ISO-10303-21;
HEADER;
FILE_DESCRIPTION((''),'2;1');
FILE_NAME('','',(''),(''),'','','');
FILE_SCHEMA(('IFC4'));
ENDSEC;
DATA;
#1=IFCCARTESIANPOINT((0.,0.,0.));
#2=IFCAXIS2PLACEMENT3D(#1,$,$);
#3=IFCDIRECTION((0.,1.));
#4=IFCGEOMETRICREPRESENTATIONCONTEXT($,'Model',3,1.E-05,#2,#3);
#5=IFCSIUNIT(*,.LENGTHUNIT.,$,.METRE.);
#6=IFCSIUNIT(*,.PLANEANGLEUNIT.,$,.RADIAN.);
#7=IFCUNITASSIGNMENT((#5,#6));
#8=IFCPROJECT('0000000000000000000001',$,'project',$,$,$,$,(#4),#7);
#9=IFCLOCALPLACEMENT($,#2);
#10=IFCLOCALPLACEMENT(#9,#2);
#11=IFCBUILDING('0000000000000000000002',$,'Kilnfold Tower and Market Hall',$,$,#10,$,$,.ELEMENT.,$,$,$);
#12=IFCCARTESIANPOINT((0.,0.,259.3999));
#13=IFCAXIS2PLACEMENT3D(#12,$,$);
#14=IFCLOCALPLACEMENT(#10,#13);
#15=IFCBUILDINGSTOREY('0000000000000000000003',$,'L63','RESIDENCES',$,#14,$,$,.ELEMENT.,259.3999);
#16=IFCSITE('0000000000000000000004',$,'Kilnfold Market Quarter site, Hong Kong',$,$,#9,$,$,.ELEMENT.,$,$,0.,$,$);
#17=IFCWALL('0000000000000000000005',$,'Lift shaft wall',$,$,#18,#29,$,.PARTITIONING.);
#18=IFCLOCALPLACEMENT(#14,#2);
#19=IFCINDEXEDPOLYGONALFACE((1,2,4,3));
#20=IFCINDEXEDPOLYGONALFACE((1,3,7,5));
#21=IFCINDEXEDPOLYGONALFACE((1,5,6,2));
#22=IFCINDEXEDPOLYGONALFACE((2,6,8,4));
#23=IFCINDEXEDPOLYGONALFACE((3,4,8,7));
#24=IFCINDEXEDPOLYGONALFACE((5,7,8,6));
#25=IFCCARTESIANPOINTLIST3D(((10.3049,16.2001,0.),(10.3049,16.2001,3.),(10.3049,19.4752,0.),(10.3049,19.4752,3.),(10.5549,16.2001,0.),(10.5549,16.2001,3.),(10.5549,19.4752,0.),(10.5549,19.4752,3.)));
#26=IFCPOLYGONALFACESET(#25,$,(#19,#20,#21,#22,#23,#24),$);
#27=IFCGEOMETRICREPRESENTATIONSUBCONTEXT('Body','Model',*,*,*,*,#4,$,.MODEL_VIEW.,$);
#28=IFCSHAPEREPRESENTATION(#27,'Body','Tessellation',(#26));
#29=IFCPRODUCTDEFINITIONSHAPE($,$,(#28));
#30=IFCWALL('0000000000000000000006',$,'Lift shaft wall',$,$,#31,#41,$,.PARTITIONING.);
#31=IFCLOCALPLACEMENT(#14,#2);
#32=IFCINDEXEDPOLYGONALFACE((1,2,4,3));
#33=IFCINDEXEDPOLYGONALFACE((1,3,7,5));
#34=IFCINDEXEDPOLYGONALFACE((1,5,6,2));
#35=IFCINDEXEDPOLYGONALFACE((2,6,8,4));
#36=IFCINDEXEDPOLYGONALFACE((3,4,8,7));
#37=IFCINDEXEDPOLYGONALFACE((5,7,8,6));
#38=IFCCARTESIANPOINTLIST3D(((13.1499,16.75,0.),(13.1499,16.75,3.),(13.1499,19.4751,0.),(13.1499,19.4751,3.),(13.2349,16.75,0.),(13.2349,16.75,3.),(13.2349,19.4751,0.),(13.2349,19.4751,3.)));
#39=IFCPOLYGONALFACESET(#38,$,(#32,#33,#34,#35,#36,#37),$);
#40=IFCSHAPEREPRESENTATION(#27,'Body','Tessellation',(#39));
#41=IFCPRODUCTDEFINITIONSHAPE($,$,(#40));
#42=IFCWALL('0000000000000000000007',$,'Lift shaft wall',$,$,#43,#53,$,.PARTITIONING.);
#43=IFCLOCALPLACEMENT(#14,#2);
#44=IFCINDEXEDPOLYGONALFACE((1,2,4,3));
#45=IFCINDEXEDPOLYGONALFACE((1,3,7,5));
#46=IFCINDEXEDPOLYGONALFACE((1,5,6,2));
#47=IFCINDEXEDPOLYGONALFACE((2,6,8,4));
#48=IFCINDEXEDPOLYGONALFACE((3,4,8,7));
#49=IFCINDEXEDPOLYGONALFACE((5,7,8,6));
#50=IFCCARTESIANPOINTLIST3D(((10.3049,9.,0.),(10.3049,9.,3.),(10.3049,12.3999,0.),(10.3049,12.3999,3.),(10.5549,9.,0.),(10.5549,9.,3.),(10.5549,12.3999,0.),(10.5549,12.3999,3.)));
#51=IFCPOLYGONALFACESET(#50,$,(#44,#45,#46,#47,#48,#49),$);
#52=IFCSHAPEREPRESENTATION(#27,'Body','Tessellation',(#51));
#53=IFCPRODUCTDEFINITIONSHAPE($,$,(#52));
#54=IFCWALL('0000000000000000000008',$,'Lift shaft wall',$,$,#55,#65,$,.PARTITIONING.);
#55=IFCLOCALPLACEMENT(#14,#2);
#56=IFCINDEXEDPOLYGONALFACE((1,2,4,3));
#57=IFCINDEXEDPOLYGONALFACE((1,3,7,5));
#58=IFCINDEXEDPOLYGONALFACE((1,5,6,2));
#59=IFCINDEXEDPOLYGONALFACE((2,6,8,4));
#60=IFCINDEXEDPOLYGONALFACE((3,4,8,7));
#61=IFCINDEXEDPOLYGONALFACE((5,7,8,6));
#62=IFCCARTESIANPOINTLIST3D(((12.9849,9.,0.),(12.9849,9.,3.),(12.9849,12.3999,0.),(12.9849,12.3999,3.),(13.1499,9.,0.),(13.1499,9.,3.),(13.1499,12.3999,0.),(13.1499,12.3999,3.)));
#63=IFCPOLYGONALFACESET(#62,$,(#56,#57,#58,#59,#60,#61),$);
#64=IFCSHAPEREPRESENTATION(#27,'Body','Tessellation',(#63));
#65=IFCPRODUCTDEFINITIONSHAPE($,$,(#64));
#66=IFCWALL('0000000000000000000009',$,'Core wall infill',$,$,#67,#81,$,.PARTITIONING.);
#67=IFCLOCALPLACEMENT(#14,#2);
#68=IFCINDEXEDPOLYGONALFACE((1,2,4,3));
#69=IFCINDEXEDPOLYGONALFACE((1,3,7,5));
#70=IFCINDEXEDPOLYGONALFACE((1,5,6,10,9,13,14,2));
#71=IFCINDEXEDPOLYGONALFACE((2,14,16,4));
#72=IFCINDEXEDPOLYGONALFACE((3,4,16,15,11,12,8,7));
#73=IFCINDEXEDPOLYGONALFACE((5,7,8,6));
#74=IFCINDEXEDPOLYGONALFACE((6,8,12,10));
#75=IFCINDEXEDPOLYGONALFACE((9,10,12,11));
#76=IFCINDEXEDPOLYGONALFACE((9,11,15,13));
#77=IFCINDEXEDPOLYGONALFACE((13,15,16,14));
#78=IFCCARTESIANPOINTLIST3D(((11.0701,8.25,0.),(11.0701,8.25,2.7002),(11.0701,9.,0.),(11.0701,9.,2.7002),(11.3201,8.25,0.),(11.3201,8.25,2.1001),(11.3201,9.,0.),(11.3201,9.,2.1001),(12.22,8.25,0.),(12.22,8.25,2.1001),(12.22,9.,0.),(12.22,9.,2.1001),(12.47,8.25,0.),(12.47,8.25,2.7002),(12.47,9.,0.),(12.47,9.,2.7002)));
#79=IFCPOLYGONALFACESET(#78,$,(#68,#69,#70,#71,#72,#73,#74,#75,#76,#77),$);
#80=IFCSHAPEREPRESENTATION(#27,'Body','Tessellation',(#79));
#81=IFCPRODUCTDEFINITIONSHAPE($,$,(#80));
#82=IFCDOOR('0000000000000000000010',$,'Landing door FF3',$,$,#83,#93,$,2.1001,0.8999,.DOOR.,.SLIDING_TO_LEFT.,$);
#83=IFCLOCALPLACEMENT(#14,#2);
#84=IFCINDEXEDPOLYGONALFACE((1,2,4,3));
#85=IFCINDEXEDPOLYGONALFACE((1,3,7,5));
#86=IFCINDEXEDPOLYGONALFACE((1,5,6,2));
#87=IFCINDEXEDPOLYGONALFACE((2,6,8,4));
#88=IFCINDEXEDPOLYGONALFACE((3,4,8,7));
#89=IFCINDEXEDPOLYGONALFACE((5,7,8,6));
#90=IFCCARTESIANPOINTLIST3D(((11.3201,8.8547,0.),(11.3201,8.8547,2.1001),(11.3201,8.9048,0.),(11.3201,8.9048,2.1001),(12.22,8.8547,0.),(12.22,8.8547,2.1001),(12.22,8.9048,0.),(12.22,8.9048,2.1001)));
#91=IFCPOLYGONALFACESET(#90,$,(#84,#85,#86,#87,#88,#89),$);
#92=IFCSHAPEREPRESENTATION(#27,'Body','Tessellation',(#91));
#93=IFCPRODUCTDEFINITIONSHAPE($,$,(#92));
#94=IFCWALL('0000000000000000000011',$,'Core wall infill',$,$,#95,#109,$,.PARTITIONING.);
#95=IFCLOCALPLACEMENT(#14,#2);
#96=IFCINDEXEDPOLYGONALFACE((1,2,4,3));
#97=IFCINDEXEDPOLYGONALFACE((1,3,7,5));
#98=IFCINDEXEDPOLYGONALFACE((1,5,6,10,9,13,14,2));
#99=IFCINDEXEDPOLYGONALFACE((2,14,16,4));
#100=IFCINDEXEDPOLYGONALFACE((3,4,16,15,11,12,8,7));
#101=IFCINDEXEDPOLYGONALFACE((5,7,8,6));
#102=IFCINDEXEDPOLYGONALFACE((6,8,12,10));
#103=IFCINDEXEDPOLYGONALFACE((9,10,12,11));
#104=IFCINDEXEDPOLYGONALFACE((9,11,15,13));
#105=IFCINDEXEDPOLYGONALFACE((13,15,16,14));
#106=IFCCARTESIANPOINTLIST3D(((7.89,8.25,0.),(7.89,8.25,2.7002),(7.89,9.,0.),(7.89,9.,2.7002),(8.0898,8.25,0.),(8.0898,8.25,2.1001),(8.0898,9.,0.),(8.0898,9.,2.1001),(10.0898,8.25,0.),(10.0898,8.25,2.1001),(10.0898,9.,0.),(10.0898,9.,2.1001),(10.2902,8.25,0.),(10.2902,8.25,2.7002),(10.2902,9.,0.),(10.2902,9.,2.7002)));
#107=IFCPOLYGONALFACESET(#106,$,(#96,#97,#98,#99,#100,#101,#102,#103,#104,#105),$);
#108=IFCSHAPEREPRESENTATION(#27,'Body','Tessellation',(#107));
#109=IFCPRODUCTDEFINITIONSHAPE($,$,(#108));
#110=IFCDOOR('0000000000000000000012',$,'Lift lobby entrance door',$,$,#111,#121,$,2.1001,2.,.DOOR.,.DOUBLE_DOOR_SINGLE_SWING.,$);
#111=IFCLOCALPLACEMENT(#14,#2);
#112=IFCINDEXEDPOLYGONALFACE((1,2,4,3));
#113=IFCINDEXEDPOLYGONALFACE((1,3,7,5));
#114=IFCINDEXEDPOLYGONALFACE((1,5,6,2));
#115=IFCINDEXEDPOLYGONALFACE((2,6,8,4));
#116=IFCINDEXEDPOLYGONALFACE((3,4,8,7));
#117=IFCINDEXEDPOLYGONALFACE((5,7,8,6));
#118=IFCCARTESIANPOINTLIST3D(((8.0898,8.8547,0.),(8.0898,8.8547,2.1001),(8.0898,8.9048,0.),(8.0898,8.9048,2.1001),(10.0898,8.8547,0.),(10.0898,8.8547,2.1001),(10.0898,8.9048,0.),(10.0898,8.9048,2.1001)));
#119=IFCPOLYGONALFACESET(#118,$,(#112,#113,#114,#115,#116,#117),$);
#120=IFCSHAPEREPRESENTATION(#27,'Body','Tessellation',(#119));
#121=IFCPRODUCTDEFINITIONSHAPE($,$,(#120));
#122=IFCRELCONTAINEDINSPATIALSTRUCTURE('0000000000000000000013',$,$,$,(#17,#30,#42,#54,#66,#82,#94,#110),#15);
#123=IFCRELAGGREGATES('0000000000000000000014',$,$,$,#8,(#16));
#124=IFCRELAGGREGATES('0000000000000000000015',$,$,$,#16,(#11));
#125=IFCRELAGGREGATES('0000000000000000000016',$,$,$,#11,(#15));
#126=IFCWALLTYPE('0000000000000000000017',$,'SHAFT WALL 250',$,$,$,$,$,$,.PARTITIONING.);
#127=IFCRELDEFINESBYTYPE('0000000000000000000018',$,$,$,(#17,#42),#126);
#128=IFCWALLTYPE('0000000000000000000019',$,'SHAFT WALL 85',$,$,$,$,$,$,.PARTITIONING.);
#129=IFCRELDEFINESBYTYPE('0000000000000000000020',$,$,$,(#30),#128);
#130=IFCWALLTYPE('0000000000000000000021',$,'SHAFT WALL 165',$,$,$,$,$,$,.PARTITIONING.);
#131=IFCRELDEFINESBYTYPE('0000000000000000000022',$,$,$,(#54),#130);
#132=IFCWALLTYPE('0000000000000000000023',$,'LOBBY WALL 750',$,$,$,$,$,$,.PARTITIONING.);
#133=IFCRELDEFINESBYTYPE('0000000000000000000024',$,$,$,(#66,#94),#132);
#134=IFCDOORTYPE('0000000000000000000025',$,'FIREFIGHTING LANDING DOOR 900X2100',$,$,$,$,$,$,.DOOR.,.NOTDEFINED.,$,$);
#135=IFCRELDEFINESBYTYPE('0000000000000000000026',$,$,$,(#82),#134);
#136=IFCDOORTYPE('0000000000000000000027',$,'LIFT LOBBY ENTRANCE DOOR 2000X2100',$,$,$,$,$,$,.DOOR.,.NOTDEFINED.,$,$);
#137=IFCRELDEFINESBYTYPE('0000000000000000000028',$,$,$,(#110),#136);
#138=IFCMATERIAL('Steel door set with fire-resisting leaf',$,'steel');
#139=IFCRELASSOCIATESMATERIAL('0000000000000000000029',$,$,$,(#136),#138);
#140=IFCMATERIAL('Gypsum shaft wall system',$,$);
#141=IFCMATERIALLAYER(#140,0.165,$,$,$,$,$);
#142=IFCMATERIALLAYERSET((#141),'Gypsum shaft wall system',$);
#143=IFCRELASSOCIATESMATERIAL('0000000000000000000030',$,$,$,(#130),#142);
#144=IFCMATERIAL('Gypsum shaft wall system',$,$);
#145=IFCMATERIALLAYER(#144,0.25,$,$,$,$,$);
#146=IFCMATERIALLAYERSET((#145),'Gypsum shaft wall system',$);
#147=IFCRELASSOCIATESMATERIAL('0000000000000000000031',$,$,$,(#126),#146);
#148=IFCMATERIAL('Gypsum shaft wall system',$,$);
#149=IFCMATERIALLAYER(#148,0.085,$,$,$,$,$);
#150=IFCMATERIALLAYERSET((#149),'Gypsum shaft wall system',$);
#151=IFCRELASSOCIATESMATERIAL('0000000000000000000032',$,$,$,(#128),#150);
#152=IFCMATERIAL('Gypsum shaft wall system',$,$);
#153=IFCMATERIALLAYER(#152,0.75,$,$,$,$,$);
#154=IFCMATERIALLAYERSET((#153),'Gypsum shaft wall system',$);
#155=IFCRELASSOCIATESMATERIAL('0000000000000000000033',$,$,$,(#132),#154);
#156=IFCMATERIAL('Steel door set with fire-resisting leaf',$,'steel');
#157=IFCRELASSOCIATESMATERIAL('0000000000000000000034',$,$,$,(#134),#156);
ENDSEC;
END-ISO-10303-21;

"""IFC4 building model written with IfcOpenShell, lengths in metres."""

from ifc_helpers import new_model, si_unit, direction, frame, frame_2d, origin, place, context, subcontext, project, spatial, rectangle, extrude, source, transform, mapped, material, layer, layer_set, type_object, element, fill, save


model = new_model("IFC4")

# Units and contexts
model_context = context("Model", 3, precision=1e-05, world=origin(), true_north=direction((0.0, 1.0)))
body_context = subcontext(model_context, "Body", "Model", "MODEL_VIEW")
ifc_project = project(units=[si_unit("LENGTHUNIT", "METRE"), si_unit("PLANEANGLEUNIT", "RADIAN")], contexts=[model_context])

# Site, building, storey
site_placement = place(None, origin())
site = spatial("IfcSite", under=ifc_project, at=site_placement, Name="Kilnfold Market Quarter site, Hong Kong", CompositionType="ELEMENT", RefElevation=0.0)
building_placement = place(site_placement, origin())
building = spatial("IfcBuilding", under=site, at=building_placement, Name="Kilnfold Tower and Market Hall", CompositionType="ELEMENT")
storey_placement = place(building_placement, frame((0.0, 0.0, 259.3999)))
storey = spatial("IfcBuildingStorey", under=building, at=storey_placement, Name="L63", Description="RESIDENCES", CompositionType="ELEMENT", Elevation=259.3999)

# Shared definitions
ifc_material_1 = material(Name="Steel door set with fire-resisting leaf", Category="steel")
door_type_1 = type_object("IfcDoorType", Name="LIFT LOBBY ENTRANCE DOOR 2000X2100", OperationType="NOTDEFINED", PredefinedType="DOOR", material=ifc_material_1)

# Walls
ifc_material_2 = material(Name="Gypsum shaft wall system")
ifc_layer_1 = layer(ifc_material_2, 0.165)
ifc_layer_set_1 = layer_set([ifc_layer_1], Name="Gypsum shaft wall system")
wall_type_1 = type_object("IfcWallType", Name="SHAFT WALL 165", PredefinedType="PARTITIONING", material=ifc_layer_set_1)
ifc_material_3 = material(Name="Gypsum shaft wall system")
ifc_layer_2 = layer(ifc_material_3, 0.25)
ifc_layer_set_2 = layer_set([ifc_layer_2], Name="Gypsum shaft wall system")
wall_type_2 = type_object("IfcWallType", Name="SHAFT WALL 250", PredefinedType="PARTITIONING", material=ifc_layer_set_2)
shared_shape_1 = source(origin(), body_context, "Body", "SweptSolid", [
    extrude(rectangle(XDim=3.2751, YDim=0.25, at=frame_2d((1.6377, 0.0))), origin(), (0.0, 0.0, 1.0), 3.0),
])
wall_1_placement = place(storey_placement, frame((10.4299, 16.2, 0.0), z_axis=(0.0, 0.0, 1.0), x_axis=(0.0, 1.0, 0.0)))
element("IfcWall", 1, at=wall_1_placement, inside=storey, type_object=wall_type_2, Name="Lift shaft wall", PredefinedType="PARTITIONING", context=body_context, shape_type="MappedRepresentation", body=[
    mapped(shared_shape_1, transform((0.0, 0.0, 0.0))),
])
ifc_material_4 = material(Name="Gypsum shaft wall system")
ifc_layer_3 = layer(ifc_material_4, 0.085)
ifc_layer_set_3 = layer_set([ifc_layer_3], Name="Gypsum shaft wall system")
wall_type_3 = type_object("IfcWallType", Name="SHAFT WALL 85", PredefinedType="PARTITIONING", material=ifc_layer_set_3)
shared_shape_2 = source(origin(), body_context, "Body", "SweptSolid", [
    extrude(rectangle(XDim=2.7251, YDim=0.085, at=frame_2d((1.3625, 0.0))), origin(), (0.0, 0.0, 1.0), 3.0),
])
wall_2_placement = place(storey_placement, frame((13.1924, 16.75, 0.0), z_axis=(0.0, 0.0, 1.0), x_axis=(0.0, 1.0, 0.0)))
element("IfcWall", 2, at=wall_2_placement, inside=storey, type_object=wall_type_3, Name="Lift shaft wall", PredefinedType="PARTITIONING", context=body_context, shape_type="MappedRepresentation", body=[
    mapped(shared_shape_2, transform((0.0, 0.0, 0.0))),
])
shared_shape_3 = source(origin(), body_context, "Body", "SweptSolid", [
    extrude(rectangle(XDim=3.3999, YDim=0.25, at=frame_2d((1.7, 0.0))), origin(), (0.0, 0.0, 1.0), 3.0),
])
wall_3_placement = place(storey_placement, frame((10.4299, 9.0, 0.0), z_axis=(0.0, 0.0, 1.0), x_axis=(0.0, 1.0, 0.0)))
element("IfcWall", 3, at=wall_3_placement, inside=storey, type_object=wall_type_2, Name="Lift shaft wall", PredefinedType="PARTITIONING", context=body_context, shape_type="MappedRepresentation", body=[
    mapped(shared_shape_3, transform((0.0, 0.0, 0.0))),
])
shared_shape_4 = source(origin(), body_context, "Body", "SweptSolid", [
    extrude(rectangle(XDim=3.3999, YDim=0.165, at=frame_2d((1.7, 0.0))), origin(), (0.0, 0.0, 1.0), 3.0),
])
wall_4_placement = place(storey_placement, frame((13.0674, 9.0, 0.0), z_axis=(0.0, 0.0, 1.0), x_axis=(0.0, 1.0, 0.0)))
element("IfcWall", 4, at=wall_4_placement, inside=storey, type_object=wall_type_1, Name="Lift shaft wall", PredefinedType="PARTITIONING", context=body_context, shape_type="MappedRepresentation", body=[
    mapped(shared_shape_4, transform((0.0, 0.0, 0.0))),
])

# Walls, openings, doors
ifc_material_5 = material(Name="Gypsum shaft wall system")
ifc_layer_4 = layer(ifc_material_5, 0.75)
ifc_layer_set_4 = layer_set([ifc_layer_4], Name="Gypsum shaft wall system")
wall_type_4 = type_object("IfcWallType", Name="LOBBY WALL 750", PredefinedType="PARTITIONING", material=ifc_layer_set_4)
shared_shape_5 = source(origin(), body_context, "Body", "SweptSolid", [
    extrude(rectangle(XDim=1.3999, YDim=0.75, at=frame_2d((0.7, 0.0))), origin(), (0.0, 0.0, 1.0), 2.7002),
])
wall_5_placement = place(storey_placement, frame((11.0701, 8.625, 0.0), z_axis=(0.0, 0.0, 1.0), x_axis=(1.0, 0.0, 0.0)))
wall_5 = element("IfcWall", 5, at=wall_5_placement, inside=storey, type_object=wall_type_4, Name="Core wall infill", PredefinedType="PARTITIONING", context=body_context, shape_type="MappedRepresentation", body=[
    mapped(shared_shape_5, transform((0.0, 0.0, 0.0))),
])
opening_1_placement = place(wall_5_placement, frame((0.25, 0.0, 0.0)))
opening_1 = element("IfcOpeningElement", 6, at=opening_1_placement, cuts=wall_5, PredefinedType="OPENING", context=body_context, shape_type="SweptSolid", body=[
    extrude(rectangle(XDim=0.8999, YDim=2.1001, at=frame_2d((0.45, 1.05))), frame((0.0, 0.385, 0.0), z_axis=(0.0, -1.0, 0.0), x_axis=(1.0, 0.0, 0.0)), (0.0, 0.0, 1.0), 0.77),
])
ifc_material_6 = material(Name="Steel door set with fire-resisting leaf", Category="steel")
door_type_2 = type_object("IfcDoorType", Name="FIREFIGHTING LANDING DOOR 900X2100", OperationType="NOTDEFINED", PredefinedType="DOOR", material=ifc_material_6)
door_1_placement = place(opening_1_placement, origin())
door_1 = element("IfcDoor", 7, at=door_1_placement, inside=storey, type_object=door_type_2, Name="Landing door FF3", OperationType="SLIDING_TO_LEFT", OverallHeight=2.1001, OverallWidth=0.8999, PredefinedType="DOOR", context=body_context, shape_type="SweptSolid", body=[
    extrude(rectangle(XDim=0.8999, YDim=2.1001, at=frame_2d((0.45, 1.05))), frame((0.0, 0.2798, 0.0), z_axis=(0.0, -1.0, 0.0), x_axis=(1.0, 0.0, 0.0)), (0.0, 0.0, 1.0), 0.05),
])
fill(opening_1, door_1)
shared_shape_6 = source(origin(), body_context, "Body", "SweptSolid", [
    extrude(rectangle(XDim=2.4001, YDim=0.75, at=frame_2d((1.2002, 0.0))), origin(), (0.0, 0.0, 1.0), 2.7002),
])
wall_6_placement = place(storey_placement, frame((7.8899, 8.625, 0.0), z_axis=(0.0, 0.0, 1.0), x_axis=(1.0, 0.0, 0.0)))
wall_6 = element("IfcWall", 8, at=wall_6_placement, inside=storey, type_object=wall_type_4, Name="Core wall infill", PredefinedType="PARTITIONING", context=body_context, shape_type="MappedRepresentation", body=[
    mapped(shared_shape_6, transform((0.0, 0.0, 0.0))),
])
opening_2_placement = place(wall_6_placement, frame((0.2, 0.0, 0.0)))
opening_2 = element("IfcOpeningElement", 9, at=opening_2_placement, cuts=wall_6, PredefinedType="OPENING", context=body_context, shape_type="SweptSolid", body=[
    extrude(rectangle(XDim=2.0, YDim=2.1001, at=frame_2d((1.0, 1.05))), frame((0.0, 0.385, 0.0), z_axis=(0.0, -1.0, 0.0), x_axis=(1.0, 0.0, 0.0)), (0.0, 0.0, 1.0), 0.77),
])
door_2_placement = place(opening_2_placement, origin())
door_2 = element("IfcDoor", 10, at=door_2_placement, inside=storey, type_object=door_type_1, Name="Lift lobby entrance door", OperationType="DOUBLE_DOOR_SINGLE_SWING", OverallHeight=2.1001, OverallWidth=2.0, PredefinedType="DOOR", context=body_context, shape_type="SweptSolid", body=[
    extrude(rectangle(XDim=2.0, YDim=2.1001, at=frame_2d((1.0, 1.05))), frame((0.0, 0.2798, 0.0), z_axis=(0.0, -1.0, 0.0), x_axis=(1.0, 0.0, 0.0)), (0.0, 0.0, 1.0), 0.05),
])
fill(opening_2, door_2)

save(model, "model.ifc")
